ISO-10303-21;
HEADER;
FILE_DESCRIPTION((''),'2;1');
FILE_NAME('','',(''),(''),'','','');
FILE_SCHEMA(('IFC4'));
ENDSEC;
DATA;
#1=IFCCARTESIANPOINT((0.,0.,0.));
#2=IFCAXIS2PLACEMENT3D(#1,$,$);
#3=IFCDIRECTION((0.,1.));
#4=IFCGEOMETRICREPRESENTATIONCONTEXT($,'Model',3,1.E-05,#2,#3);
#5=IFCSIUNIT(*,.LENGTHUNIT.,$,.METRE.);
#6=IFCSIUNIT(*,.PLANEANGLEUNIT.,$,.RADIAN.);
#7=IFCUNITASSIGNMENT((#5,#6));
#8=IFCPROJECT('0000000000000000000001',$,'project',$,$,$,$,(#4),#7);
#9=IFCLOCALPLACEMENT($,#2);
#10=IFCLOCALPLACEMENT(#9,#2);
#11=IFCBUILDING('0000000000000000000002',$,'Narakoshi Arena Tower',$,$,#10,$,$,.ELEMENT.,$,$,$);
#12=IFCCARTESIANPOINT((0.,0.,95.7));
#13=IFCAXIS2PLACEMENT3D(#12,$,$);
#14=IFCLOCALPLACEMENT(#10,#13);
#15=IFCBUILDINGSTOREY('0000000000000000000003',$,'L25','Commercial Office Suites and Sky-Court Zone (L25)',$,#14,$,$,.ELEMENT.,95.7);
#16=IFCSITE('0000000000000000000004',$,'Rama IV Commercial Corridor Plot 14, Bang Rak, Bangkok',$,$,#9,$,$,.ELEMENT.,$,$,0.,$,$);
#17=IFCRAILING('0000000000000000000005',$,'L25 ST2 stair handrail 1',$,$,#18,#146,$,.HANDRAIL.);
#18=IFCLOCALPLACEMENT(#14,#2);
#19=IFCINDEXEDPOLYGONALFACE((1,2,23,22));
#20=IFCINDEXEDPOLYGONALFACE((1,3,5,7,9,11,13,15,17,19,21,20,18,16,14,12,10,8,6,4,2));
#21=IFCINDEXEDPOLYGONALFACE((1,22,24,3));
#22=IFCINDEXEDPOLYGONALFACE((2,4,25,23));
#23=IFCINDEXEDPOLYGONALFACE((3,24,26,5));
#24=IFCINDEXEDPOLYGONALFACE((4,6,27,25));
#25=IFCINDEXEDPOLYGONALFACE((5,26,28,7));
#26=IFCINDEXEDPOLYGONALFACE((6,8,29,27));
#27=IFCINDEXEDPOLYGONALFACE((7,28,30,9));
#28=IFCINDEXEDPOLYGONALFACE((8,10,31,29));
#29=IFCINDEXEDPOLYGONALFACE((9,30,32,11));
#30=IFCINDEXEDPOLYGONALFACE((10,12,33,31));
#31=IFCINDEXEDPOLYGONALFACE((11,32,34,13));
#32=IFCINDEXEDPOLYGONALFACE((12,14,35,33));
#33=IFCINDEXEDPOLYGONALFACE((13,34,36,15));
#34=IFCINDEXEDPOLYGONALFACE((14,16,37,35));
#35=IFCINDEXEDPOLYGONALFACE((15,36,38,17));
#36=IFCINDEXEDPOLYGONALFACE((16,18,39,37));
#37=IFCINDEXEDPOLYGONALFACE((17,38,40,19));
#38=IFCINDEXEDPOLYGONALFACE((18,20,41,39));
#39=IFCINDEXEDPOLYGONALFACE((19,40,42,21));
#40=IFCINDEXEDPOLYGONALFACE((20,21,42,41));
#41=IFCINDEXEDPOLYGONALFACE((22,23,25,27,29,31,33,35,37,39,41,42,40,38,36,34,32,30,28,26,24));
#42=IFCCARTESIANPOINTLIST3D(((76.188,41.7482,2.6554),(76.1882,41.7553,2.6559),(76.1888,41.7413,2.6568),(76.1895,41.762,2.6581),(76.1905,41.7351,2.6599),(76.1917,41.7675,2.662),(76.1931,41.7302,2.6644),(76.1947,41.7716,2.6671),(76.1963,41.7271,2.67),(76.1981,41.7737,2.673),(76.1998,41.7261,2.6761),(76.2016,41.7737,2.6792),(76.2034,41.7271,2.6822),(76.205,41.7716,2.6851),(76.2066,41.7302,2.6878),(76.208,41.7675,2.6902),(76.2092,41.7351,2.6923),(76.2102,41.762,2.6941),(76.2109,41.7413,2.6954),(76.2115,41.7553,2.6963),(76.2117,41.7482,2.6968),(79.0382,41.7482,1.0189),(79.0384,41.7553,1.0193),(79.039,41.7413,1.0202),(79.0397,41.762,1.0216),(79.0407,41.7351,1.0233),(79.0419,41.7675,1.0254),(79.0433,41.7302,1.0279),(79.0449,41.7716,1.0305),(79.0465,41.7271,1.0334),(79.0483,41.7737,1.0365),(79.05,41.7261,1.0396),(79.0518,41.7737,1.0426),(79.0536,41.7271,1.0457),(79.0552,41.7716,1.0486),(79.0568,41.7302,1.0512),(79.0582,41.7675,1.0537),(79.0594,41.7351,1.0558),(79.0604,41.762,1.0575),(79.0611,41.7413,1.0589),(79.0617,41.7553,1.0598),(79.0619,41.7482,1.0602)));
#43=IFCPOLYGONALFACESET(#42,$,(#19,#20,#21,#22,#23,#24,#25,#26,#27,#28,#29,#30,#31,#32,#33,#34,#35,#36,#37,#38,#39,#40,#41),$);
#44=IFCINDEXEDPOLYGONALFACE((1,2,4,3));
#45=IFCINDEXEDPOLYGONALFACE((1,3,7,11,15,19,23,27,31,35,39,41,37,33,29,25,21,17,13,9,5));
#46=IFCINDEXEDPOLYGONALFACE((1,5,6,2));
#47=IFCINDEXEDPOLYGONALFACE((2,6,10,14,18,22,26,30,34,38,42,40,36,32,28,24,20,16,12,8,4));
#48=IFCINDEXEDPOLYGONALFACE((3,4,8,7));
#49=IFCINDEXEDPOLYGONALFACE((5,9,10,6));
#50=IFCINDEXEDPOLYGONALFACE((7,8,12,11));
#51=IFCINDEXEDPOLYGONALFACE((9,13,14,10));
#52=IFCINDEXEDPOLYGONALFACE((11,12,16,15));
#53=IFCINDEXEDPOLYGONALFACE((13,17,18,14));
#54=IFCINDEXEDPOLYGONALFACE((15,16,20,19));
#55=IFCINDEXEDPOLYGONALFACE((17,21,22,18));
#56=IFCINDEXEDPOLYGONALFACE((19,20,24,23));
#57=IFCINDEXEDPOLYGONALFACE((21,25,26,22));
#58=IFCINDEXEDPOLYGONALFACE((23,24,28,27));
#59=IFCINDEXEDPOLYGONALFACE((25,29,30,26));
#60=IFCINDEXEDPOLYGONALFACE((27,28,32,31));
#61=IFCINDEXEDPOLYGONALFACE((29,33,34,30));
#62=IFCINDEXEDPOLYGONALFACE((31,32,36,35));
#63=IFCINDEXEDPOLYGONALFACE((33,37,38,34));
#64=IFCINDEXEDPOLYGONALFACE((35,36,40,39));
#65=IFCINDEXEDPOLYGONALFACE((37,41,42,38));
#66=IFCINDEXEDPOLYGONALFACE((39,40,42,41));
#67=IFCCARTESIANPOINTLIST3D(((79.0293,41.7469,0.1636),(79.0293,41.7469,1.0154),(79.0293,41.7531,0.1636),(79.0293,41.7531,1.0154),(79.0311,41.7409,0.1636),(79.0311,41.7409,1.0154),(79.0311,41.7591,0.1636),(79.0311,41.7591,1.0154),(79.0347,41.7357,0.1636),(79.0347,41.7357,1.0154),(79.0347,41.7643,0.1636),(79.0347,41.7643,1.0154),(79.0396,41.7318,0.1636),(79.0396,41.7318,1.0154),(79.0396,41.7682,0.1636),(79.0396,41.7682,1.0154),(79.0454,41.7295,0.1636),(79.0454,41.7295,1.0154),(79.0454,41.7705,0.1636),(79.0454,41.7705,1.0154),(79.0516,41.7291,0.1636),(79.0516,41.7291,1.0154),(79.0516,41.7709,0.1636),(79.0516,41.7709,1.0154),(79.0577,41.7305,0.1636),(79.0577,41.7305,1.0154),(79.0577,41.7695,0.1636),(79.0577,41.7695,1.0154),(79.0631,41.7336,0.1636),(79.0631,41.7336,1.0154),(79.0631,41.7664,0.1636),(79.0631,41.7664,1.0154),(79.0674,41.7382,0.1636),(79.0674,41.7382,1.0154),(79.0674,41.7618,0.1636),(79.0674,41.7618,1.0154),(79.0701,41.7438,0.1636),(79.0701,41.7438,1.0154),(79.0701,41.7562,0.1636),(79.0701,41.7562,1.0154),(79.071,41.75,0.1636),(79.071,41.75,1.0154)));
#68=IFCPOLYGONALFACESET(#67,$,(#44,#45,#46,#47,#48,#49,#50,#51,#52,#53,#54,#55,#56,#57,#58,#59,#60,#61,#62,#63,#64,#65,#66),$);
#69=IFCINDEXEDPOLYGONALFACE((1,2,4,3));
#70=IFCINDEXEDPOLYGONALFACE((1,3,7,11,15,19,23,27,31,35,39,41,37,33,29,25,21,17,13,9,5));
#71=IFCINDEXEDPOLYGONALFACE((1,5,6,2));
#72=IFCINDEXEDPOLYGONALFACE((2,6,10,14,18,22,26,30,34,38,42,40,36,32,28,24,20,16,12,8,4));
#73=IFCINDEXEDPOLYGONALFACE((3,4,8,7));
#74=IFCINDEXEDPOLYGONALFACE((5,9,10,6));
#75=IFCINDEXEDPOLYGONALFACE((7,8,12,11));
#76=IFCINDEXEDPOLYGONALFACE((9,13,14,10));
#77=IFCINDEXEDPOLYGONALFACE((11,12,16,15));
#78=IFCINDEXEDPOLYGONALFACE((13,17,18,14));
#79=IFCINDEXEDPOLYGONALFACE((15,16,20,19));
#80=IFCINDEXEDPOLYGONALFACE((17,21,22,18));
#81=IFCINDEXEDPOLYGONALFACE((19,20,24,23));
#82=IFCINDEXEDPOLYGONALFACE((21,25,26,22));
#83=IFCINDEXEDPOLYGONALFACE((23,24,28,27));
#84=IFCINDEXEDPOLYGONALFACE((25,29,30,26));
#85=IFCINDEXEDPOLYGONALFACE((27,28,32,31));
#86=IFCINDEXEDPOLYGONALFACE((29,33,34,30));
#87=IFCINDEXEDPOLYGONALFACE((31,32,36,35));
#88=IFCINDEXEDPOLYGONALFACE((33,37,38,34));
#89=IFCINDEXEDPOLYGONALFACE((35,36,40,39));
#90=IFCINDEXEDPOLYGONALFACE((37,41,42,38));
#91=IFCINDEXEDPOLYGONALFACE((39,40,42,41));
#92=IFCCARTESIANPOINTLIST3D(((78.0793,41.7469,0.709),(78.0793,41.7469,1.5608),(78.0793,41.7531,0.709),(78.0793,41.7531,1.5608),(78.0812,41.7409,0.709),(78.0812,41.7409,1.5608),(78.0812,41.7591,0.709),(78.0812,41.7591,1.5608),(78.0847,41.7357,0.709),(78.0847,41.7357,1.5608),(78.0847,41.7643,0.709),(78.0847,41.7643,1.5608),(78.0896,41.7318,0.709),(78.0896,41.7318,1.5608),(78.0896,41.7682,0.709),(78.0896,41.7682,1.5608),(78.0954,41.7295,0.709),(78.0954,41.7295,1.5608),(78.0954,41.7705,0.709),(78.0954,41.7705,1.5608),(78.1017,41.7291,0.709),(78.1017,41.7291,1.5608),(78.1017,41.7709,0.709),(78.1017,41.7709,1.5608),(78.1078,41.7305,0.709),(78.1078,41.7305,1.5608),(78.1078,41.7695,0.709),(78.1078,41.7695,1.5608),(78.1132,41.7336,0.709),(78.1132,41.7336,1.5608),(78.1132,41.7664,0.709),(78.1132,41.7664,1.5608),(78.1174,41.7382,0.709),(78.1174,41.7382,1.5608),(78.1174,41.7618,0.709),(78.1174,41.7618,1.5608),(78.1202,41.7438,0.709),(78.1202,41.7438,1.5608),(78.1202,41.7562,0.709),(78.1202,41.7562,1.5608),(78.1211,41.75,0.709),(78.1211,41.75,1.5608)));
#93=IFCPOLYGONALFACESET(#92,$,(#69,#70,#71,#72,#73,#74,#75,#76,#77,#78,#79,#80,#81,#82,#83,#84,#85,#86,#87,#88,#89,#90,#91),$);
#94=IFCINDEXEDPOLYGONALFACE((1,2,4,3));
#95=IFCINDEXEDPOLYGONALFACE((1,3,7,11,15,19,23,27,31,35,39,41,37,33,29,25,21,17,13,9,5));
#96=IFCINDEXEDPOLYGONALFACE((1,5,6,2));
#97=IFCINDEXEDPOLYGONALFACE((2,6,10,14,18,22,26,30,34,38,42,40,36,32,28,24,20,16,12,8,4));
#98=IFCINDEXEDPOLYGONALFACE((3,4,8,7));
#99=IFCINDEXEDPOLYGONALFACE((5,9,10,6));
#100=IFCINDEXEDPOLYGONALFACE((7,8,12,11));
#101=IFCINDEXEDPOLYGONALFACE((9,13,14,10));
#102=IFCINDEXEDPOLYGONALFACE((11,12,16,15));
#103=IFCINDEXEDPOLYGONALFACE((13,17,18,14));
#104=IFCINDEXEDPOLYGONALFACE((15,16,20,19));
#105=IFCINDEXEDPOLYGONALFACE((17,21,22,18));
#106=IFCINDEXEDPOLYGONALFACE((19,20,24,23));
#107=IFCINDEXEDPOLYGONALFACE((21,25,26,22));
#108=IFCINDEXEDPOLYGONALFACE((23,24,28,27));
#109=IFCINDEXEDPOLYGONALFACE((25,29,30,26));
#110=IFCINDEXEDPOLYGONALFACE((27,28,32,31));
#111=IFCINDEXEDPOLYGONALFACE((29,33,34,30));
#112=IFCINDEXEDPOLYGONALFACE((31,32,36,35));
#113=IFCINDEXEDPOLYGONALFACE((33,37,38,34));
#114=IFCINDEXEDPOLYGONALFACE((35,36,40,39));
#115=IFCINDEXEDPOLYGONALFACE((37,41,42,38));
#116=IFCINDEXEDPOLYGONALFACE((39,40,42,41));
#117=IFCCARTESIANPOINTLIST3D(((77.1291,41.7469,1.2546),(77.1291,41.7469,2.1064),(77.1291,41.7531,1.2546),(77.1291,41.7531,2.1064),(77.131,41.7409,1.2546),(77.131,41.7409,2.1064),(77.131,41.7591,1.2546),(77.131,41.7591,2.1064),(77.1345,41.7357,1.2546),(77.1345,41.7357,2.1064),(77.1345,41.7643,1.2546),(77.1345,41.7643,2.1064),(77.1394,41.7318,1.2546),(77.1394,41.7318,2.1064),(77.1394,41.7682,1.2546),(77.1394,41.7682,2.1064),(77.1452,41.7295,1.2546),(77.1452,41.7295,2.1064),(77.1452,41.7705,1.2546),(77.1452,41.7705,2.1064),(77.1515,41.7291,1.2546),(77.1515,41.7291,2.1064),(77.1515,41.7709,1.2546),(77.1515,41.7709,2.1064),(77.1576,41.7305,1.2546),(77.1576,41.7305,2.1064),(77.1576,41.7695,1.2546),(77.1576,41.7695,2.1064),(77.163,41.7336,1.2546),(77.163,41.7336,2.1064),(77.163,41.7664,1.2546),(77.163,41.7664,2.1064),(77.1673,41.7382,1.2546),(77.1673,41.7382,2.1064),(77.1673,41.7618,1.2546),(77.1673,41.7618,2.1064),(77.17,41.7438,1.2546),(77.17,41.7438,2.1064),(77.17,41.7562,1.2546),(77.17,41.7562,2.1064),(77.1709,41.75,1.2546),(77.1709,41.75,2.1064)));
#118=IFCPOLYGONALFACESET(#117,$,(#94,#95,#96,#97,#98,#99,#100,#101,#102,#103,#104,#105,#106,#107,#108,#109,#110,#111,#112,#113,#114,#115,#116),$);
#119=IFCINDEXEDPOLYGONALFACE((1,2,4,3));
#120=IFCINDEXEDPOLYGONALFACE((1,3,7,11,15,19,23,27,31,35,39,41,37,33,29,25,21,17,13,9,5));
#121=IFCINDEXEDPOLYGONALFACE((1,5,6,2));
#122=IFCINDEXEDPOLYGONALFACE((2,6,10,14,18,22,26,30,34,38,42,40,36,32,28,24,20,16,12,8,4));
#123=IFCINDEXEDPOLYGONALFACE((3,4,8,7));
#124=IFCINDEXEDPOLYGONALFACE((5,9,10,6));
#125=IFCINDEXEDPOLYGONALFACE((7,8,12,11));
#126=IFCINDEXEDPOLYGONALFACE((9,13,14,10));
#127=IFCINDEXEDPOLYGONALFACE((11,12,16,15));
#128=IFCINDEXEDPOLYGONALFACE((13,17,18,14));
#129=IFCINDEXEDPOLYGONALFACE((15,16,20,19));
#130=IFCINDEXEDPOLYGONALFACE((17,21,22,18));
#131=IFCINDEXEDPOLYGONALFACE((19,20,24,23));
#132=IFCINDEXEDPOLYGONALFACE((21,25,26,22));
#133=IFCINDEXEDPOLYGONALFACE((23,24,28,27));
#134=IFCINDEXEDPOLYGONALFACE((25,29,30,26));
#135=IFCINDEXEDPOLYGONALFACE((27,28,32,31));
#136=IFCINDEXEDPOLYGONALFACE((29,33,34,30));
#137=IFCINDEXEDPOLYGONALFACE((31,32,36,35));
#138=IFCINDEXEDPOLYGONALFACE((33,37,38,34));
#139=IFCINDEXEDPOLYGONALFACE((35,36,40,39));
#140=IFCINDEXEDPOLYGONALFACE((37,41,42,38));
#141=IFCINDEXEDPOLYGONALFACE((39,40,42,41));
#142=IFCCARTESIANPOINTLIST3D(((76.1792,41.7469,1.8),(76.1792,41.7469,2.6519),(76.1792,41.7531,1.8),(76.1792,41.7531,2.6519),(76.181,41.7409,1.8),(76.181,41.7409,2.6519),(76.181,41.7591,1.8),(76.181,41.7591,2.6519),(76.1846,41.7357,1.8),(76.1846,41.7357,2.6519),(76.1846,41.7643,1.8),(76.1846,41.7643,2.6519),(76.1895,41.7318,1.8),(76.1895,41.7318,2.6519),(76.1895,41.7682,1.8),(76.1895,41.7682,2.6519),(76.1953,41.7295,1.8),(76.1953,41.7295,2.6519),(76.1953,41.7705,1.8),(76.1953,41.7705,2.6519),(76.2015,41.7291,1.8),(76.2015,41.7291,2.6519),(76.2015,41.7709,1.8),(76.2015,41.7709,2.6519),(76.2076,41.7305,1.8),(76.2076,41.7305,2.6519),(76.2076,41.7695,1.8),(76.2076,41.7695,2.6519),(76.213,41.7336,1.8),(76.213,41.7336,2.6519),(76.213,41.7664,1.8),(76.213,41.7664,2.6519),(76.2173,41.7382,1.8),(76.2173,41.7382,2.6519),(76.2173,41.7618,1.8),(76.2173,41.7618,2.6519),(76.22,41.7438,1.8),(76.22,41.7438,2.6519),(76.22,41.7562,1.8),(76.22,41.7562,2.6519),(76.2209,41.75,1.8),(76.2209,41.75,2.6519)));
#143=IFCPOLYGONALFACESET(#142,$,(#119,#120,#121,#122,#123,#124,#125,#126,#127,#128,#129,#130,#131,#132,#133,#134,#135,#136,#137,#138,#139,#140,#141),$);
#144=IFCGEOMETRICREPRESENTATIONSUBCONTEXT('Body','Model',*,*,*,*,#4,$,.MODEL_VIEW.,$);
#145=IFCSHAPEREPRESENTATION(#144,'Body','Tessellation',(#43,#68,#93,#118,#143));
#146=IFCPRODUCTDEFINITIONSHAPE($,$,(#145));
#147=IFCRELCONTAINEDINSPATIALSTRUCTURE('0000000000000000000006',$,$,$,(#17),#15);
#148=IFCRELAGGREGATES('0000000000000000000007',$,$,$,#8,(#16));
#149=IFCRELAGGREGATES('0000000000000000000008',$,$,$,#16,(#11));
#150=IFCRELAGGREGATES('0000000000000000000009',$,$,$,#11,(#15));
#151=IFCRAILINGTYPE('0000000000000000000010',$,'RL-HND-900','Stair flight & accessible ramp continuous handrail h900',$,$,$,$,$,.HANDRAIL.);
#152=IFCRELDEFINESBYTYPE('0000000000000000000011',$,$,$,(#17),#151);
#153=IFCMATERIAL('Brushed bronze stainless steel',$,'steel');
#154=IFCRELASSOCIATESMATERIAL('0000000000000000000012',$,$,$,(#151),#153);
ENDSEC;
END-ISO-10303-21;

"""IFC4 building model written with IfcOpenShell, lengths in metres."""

from ifc_helpers import new_model, si_unit, direction, frame, origin, origin_2d, place, context, subcontext, project, spatial, circle, extrude, material, type_object, element, save


model = new_model("IFC4")

# Units and contexts
model_context = context("Model", 3, precision=1e-05, world=origin(), true_north=direction((0.0, 1.0)))
body_context = subcontext(model_context, "Body", "Model", "MODEL_VIEW")
ifc_project = project(units=[si_unit("LENGTHUNIT", "METRE"), si_unit("PLANEANGLEUNIT", "RADIAN")], contexts=[model_context])

# Site, building, storey
site_placement = place(None, origin())
site = spatial("IfcSite", under=ifc_project, at=site_placement, Name="Rama IV Commercial Corridor Plot 14, Bang Rak, Bangkok", CompositionType="ELEMENT", RefElevation=0.0)
building_placement = place(site_placement, origin())
building = spatial("IfcBuilding", under=site, at=building_placement, Name="Narakoshi Arena Tower", CompositionType="ELEMENT")
storey_placement = place(building_placement, frame((0.0, 0.0, 95.7)))
storey = spatial("IfcBuildingStorey", under=building, at=storey_placement, Name="L25", Description="Commercial Office Suites and Sky-Court Zone (L25)", CompositionType="ELEMENT", Elevation=95.7)

# Railing
ifc_material_1 = material(Name="Brushed bronze stainless steel", Category="steel")
railing_type_1 = type_object("IfcRailingType", Name="RL-HND-900", Description="Stair flight & accessible ramp continuous handrail h900", PredefinedType="HANDRAIL", material=ifc_material_1)
for number, where, name in (
    (1, (79.05, 41.75, 0.1636), "L25 ST2 stair handrail 1"),
):
    element("IfcRailing", number, at=place(storey_placement, frame(where)), inside=storey, type_object=railing_type_1, Name=name, PredefinedType="HANDRAIL", context=body_context, shape_type="SweptSolid", body=[
        extrude(circle(Radius=0.0239, at=origin_2d()), frame((0.0, 0.0, 0.876), z_axis=(-0.867213, 0.0, 0.497938), x_axis=(0.0, -1.0, 0.0)), (0.0, 0.0, 1.0), 3.2866),
        extrude(circle(Radius=0.021, at=origin_2d()), origin(), (0.0, 0.0, 1.0), 0.8518),
        extrude(circle(Radius=0.021, at=origin_2d()), frame((-0.95, 0.0, 0.5454)), (0.0, 0.0, 1.0), 0.8518),
        extrude(circle(Radius=0.021, at=origin_2d()), frame((-1.9001, 0.0, 1.0911)), (0.0, 0.0, 1.0), 0.8518),
        extrude(circle(Radius=0.021, at=origin_2d()), frame((-2.8501, 0.0, 1.6365)), (0.0, 0.0, 1.0), 0.8518),
    ])

save(model, "model.ifc")
